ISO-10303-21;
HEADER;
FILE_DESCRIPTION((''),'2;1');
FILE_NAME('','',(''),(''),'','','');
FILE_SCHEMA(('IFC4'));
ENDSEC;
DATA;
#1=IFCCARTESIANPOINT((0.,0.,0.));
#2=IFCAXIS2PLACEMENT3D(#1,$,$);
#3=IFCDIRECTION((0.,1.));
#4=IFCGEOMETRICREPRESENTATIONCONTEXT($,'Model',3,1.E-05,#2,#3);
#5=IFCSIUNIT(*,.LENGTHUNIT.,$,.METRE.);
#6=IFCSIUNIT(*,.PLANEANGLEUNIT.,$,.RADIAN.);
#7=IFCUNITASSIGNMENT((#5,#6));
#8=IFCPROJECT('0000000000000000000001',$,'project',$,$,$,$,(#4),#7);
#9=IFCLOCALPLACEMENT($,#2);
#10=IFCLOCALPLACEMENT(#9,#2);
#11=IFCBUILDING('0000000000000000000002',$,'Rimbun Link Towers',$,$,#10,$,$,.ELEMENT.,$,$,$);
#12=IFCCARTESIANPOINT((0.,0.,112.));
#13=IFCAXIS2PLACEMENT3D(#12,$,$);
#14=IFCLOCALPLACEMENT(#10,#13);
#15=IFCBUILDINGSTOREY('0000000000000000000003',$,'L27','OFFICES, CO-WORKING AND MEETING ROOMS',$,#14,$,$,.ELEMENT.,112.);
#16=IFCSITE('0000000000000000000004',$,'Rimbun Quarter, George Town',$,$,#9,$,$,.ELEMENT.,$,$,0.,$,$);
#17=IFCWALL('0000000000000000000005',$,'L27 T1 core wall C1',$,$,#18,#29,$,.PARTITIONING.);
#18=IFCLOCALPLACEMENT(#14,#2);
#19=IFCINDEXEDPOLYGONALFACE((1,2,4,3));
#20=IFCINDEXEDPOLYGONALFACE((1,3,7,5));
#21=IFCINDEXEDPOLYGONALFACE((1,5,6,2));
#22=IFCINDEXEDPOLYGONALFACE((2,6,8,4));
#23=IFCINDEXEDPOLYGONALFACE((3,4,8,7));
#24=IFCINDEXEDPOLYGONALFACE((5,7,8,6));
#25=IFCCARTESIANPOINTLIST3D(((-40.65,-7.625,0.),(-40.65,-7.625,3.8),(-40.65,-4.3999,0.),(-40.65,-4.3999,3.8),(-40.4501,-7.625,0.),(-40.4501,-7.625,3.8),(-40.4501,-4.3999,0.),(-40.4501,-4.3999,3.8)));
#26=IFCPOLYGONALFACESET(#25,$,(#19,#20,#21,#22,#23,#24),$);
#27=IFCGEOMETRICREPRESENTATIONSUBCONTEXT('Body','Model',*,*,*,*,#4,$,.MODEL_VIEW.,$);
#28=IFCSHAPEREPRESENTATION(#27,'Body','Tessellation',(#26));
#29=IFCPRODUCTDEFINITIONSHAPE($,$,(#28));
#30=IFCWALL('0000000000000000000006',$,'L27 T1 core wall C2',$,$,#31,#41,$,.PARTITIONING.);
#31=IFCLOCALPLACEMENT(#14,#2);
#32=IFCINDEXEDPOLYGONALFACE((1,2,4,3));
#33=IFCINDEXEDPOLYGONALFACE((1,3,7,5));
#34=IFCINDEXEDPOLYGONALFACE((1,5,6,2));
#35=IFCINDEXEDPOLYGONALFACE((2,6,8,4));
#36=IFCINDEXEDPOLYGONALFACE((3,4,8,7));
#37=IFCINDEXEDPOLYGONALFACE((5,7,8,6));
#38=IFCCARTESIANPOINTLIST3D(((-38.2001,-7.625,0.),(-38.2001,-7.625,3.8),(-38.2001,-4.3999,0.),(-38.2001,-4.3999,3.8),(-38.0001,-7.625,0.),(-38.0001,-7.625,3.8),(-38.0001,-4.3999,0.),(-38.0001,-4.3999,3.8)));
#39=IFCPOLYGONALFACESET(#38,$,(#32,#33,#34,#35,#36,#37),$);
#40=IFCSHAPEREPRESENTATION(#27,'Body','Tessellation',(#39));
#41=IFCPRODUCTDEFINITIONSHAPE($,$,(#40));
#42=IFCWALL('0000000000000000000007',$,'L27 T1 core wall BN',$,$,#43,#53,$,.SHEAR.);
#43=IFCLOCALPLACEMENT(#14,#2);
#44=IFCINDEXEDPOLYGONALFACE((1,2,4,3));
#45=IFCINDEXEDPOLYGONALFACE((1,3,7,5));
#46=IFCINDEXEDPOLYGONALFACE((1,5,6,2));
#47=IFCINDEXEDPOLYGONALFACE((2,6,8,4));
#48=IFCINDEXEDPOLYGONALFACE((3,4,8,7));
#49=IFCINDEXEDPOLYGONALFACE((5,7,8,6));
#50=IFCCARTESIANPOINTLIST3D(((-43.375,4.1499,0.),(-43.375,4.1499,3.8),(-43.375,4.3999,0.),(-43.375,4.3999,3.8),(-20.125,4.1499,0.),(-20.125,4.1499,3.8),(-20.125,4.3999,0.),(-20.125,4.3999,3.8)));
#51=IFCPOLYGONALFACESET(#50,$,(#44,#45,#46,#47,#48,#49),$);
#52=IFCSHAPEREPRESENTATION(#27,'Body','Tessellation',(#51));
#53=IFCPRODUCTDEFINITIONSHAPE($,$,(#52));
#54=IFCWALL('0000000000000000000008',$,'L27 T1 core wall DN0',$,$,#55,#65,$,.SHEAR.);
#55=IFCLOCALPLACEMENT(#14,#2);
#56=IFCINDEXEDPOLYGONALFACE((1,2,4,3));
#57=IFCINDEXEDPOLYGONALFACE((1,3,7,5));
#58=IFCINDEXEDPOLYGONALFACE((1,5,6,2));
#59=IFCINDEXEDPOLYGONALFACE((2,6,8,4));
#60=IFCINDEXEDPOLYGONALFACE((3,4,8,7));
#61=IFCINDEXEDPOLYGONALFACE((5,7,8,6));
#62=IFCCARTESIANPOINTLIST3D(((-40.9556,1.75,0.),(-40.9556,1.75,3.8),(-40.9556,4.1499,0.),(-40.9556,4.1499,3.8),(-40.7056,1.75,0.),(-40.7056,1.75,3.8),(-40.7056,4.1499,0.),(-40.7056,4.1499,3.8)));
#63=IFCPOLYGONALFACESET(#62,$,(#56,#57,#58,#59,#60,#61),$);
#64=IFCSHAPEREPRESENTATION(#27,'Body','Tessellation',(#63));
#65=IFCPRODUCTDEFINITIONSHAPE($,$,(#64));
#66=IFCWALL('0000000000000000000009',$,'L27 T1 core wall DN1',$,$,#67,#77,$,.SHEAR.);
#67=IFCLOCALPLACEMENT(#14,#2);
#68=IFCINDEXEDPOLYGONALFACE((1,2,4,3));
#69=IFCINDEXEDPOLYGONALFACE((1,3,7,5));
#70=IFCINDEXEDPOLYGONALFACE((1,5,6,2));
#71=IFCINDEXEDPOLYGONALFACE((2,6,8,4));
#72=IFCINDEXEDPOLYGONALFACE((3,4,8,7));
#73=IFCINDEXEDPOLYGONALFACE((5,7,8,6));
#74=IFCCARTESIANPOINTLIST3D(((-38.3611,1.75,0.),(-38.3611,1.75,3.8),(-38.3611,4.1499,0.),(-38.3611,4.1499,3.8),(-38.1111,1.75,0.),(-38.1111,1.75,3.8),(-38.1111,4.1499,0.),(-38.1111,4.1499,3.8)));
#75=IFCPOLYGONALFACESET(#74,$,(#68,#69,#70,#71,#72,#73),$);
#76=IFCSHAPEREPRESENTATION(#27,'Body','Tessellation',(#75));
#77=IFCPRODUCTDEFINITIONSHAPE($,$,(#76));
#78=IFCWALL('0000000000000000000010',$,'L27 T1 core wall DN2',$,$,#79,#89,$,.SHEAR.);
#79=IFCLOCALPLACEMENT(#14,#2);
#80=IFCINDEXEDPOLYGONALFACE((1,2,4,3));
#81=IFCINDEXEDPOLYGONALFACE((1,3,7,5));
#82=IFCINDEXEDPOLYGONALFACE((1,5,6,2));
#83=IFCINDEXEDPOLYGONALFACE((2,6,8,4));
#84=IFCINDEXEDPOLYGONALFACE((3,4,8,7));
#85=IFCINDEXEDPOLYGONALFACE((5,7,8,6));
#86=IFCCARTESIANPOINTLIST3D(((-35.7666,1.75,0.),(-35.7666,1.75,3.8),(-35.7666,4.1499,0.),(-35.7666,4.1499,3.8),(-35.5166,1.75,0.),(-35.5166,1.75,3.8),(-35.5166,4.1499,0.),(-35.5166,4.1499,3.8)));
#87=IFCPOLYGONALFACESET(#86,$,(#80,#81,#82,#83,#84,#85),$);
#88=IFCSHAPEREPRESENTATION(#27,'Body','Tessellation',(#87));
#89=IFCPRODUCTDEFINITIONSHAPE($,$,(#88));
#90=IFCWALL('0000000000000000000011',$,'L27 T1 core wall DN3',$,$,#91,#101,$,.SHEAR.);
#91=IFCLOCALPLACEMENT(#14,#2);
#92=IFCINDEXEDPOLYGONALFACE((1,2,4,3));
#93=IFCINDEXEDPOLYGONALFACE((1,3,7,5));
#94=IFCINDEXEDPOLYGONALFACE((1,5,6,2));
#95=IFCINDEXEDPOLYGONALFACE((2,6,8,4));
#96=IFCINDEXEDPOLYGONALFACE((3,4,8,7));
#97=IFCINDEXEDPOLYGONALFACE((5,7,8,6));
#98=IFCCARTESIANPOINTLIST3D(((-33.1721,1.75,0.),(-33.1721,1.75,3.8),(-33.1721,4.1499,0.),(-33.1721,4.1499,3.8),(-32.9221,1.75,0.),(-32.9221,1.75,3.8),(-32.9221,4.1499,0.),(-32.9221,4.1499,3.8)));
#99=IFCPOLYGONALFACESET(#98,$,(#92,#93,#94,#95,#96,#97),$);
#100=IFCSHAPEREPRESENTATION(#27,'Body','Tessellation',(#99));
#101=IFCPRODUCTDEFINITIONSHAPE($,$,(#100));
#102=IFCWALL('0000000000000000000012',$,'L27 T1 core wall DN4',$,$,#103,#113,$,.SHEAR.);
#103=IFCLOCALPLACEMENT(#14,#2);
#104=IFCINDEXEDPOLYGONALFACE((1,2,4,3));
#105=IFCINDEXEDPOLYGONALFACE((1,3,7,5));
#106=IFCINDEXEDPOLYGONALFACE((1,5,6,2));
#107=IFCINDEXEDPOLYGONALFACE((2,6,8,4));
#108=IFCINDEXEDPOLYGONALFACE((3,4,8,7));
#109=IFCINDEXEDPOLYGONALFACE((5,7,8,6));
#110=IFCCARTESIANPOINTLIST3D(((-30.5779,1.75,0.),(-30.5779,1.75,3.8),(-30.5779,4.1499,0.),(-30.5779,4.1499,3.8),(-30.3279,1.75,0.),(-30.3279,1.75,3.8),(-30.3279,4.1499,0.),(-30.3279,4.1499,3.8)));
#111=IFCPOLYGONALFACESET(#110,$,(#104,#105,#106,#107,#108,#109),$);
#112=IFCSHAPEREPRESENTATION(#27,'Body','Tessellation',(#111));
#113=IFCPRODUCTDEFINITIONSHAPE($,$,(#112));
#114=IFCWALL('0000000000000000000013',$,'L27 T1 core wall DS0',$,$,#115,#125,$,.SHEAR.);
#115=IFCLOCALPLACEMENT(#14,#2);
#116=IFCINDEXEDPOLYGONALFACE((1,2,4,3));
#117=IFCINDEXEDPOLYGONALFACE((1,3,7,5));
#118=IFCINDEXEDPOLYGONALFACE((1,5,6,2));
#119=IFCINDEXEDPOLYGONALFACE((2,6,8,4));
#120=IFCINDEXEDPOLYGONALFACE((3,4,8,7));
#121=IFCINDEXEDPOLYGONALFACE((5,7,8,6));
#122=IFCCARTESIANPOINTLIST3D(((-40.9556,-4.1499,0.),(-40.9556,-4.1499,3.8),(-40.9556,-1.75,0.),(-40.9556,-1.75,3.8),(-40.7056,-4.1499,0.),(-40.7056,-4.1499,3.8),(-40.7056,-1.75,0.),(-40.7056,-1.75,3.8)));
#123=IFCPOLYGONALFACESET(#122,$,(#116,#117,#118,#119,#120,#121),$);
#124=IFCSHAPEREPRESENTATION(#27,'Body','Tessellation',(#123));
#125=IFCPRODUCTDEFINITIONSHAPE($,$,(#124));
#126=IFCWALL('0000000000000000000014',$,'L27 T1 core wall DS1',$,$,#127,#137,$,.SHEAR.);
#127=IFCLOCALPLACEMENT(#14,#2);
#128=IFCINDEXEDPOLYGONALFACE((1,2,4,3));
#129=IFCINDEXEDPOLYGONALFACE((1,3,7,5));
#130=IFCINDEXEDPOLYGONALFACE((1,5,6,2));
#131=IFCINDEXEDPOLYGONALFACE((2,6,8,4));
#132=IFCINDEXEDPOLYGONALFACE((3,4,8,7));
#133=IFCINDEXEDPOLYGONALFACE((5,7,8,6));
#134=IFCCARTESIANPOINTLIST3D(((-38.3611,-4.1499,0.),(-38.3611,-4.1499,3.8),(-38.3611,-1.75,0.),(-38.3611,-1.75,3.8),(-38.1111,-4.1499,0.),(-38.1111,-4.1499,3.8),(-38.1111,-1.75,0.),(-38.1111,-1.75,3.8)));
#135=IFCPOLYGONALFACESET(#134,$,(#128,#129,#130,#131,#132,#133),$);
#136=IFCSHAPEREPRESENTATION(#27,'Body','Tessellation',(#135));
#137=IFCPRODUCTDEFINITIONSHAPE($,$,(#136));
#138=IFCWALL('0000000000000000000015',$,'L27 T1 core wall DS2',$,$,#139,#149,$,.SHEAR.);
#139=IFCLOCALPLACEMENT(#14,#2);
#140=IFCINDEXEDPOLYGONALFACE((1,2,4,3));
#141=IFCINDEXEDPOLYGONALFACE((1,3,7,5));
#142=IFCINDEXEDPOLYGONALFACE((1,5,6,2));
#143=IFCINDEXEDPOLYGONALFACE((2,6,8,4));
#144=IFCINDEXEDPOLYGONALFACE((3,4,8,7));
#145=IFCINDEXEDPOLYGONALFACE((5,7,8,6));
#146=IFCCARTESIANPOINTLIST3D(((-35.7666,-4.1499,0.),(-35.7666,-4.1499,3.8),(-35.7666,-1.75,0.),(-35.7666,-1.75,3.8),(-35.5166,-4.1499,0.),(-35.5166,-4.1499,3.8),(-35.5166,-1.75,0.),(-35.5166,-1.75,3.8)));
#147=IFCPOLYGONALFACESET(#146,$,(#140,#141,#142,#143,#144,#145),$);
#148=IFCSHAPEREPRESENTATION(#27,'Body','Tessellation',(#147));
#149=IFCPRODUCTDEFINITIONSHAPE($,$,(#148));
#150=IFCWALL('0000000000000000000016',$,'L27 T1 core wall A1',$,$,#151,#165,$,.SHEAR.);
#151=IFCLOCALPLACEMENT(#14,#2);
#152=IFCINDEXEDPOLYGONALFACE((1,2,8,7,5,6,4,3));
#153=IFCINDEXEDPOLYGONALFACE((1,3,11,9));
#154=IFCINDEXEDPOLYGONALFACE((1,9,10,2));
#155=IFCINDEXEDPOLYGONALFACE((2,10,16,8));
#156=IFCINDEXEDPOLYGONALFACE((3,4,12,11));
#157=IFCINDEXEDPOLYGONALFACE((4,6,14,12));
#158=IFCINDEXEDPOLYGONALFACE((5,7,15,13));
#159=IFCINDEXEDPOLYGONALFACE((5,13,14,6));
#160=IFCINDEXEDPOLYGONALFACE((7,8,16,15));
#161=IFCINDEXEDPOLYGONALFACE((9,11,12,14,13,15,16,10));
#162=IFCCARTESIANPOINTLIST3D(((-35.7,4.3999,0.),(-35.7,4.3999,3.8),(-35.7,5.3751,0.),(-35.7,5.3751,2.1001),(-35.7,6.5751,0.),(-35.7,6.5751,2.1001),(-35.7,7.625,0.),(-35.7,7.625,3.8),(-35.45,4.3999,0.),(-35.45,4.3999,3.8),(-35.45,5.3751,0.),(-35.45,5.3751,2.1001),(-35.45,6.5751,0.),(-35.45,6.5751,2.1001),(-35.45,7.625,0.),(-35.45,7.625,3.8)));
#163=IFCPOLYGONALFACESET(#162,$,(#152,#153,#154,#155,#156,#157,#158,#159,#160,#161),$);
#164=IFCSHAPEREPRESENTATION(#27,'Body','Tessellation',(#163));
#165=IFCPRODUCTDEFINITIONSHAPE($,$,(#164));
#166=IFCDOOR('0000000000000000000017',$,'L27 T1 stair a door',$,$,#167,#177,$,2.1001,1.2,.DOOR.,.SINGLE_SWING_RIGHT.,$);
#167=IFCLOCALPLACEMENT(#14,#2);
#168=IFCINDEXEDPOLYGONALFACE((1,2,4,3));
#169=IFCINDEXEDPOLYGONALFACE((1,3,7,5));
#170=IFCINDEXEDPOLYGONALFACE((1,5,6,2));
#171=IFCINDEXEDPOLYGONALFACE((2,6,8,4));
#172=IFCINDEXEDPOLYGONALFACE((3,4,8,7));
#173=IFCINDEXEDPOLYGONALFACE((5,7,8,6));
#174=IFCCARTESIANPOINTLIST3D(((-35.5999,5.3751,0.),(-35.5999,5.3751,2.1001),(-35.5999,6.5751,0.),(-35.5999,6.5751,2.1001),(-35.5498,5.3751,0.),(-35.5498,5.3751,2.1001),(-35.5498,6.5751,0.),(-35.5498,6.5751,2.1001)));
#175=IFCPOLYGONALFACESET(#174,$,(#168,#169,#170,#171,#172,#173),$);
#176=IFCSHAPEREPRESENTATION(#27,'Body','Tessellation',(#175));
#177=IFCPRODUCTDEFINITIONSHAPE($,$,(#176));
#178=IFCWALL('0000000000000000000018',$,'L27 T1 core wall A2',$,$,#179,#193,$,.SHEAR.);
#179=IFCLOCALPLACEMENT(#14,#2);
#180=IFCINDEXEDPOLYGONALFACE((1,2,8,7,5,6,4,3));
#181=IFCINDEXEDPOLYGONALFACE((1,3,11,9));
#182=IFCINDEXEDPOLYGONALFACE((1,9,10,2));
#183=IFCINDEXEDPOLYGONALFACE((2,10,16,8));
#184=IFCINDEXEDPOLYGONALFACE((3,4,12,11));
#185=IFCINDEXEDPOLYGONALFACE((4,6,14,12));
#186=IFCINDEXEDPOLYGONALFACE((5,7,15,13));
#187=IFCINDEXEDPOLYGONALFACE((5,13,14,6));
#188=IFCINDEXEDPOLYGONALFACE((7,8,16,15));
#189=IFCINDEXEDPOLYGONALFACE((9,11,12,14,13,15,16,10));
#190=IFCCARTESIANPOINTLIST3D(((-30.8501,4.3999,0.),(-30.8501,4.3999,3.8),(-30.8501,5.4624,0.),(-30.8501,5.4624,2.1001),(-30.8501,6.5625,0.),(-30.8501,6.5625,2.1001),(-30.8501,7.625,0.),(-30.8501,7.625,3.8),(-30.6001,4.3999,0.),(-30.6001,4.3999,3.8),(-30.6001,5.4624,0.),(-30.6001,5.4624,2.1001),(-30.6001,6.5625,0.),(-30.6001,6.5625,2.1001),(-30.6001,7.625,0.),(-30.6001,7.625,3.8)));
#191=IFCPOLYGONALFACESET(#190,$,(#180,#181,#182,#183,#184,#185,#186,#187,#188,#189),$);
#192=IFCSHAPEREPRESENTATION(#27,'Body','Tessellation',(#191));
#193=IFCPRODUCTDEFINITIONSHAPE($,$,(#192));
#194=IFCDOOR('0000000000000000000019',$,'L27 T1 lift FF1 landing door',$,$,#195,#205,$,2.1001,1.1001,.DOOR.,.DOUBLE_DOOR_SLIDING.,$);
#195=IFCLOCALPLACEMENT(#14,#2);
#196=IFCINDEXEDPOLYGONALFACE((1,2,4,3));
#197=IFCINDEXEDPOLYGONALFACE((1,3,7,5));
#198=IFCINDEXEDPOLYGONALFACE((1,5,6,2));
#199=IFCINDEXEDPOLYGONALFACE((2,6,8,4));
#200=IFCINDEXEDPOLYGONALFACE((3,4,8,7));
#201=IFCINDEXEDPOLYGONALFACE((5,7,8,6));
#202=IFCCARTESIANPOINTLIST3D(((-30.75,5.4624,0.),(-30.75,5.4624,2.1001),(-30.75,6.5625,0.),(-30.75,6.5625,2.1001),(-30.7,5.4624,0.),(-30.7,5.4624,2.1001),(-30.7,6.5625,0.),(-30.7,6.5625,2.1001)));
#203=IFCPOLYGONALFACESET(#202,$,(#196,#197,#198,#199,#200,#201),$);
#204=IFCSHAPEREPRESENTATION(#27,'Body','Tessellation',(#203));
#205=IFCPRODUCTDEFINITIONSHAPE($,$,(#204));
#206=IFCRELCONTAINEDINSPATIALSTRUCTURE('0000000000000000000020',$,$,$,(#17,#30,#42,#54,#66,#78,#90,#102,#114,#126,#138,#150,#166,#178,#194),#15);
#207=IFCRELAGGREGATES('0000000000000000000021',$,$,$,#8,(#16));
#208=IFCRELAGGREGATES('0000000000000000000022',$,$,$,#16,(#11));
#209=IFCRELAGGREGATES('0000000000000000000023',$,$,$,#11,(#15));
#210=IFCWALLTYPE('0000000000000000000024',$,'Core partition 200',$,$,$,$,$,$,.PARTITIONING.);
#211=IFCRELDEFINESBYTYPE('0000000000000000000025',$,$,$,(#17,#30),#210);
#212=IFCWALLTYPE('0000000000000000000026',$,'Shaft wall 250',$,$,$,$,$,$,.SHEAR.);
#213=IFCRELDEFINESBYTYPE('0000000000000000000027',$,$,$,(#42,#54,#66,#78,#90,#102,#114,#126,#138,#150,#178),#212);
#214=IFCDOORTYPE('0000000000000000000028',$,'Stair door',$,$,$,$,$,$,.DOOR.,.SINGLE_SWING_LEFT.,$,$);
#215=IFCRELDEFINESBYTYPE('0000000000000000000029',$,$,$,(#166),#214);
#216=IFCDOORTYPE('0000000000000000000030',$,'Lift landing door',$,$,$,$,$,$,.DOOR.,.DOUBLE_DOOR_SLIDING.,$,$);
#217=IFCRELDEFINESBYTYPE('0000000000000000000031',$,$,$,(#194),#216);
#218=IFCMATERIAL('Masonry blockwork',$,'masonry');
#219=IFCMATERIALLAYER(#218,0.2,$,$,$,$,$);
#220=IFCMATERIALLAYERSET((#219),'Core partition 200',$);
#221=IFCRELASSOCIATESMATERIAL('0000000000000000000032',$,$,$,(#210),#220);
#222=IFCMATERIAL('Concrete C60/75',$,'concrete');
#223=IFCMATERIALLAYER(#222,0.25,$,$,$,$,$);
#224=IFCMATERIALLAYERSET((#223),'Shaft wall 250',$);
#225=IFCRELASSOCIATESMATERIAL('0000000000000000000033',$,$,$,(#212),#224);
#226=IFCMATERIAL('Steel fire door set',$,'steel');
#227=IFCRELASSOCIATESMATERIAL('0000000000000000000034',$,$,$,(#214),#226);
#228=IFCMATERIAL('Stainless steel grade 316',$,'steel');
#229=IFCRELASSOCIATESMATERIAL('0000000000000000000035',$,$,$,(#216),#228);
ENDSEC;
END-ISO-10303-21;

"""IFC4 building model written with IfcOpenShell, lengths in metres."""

from ifc_helpers import new_model, si_unit, direction, frame, frame_2d, origin, place, context, subcontext, project, spatial, rectangle, extrude, material, layer, layer_set, type_object, element, fill, save


model = new_model("IFC4")

# Units and contexts
model_context = context("Model", 3, precision=1e-05, world=origin(), true_north=direction((0.0, 1.0)))
body_context = subcontext(model_context, "Body", "Model", "MODEL_VIEW")
ifc_project = project(units=[si_unit("LENGTHUNIT", "METRE"), si_unit("PLANEANGLEUNIT", "RADIAN")], contexts=[model_context])

# Site, building, storey
site_placement = place(None, origin())
site = spatial("IfcSite", under=ifc_project, at=site_placement, Name="Rimbun Quarter, George Town", CompositionType="ELEMENT", RefElevation=0.0)
building_placement = place(site_placement, origin())
building = spatial("IfcBuilding", under=site, at=building_placement, Name="Rimbun Link Towers", CompositionType="ELEMENT")
storey_placement = place(building_placement, frame((0.0, 0.0, 112.0)))
storey = spatial("IfcBuildingStorey", under=building, at=storey_placement, Name="L27", Description="OFFICES, CO-WORKING AND MEETING ROOMS", CompositionType="ELEMENT", Elevation=112.0)

# Walls
ifc_material_1 = material(Name="Masonry blockwork", Category="masonry")
ifc_layer_1 = layer(ifc_material_1, 0.2)
ifc_layer_set_1 = layer_set([ifc_layer_1], Name="Core partition 200")
wall_type_1 = type_object("IfcWallType", Name="Core partition 200", PredefinedType="PARTITIONING", material=ifc_layer_set_1)
for number, where, z_axis, x_axis, name in (
    (1, (-40.55, -4.3999, 0.0), (0.0, 0.0, 1.0), (0.0, -1.0, 0.0), "L27 T1 core wall C1"),
    (2, (-38.1001, -4.3999, 0.0), (0.0, 0.0, 1.0), (0.0, -1.0, 0.0), "L27 T1 core wall C2"),
):
    element("IfcWall", number, at=place(storey_placement, frame(where, z_axis=z_axis, x_axis=x_axis)), inside=storey, type_object=wall_type_1, Name=name, PredefinedType="PARTITIONING", context=body_context, shape_type="SweptSolid", body=[
        extrude(rectangle(XDim=3.2251, YDim=0.2, at=frame_2d((1.6125, 0.0))), origin(), (0.0, 0.0, 1.0), 3.8),
    ])
ifc_material_2 = material(Name="Concrete C60/75", Category="concrete")
ifc_layer_2 = layer(ifc_material_2, 0.25)
ifc_layer_set_2 = layer_set([ifc_layer_2], Name="Shaft wall 250")
wall_type_2 = type_object("IfcWallType", Name="Shaft wall 250", PredefinedType="SHEAR", material=ifc_layer_set_2)
wall_1_placement = place(storey_placement, frame((-43.375, 4.2749, 0.0), z_axis=(0.0, 0.0, 1.0), x_axis=(1.0, 0.0, 0.0)))
element("IfcWall", 3, at=wall_1_placement, inside=storey, type_object=wall_type_2, Name="L27 T1 core wall BN", PredefinedType="SHEAR", context=body_context, shape_type="SweptSolid", body=[
    extrude(rectangle(XDim=23.25, YDim=0.25, at=frame_2d((11.625, 0.0))), origin(), (0.0, 0.0, 1.0), 3.8),
])
for number, where, z_axis, x_axis, name in (
    (4, (-40.8306, 1.75, 0.0), (0.0, 0.0, 1.0), (0.0, 1.0, 0.0), "L27 T1 core wall DN0"),
    (5, (-38.2361, 1.75, 0.0), (0.0, 0.0, 1.0), (0.0, 1.0, 0.0), "L27 T1 core wall DN1"),
    (6, (-35.6416, 1.75, 0.0), (0.0, 0.0, 1.0), (0.0, 1.0, 0.0), "L27 T1 core wall DN2"),
    (7, (-33.0471, 1.75, 0.0), (0.0, 0.0, 1.0), (0.0, 1.0, 0.0), "L27 T1 core wall DN3"),
    (8, (-30.4529, 1.75, 0.0), (0.0, 0.0, 1.0), (0.0, 1.0, 0.0), "L27 T1 core wall DN4"),
    (9, (-40.8306, -4.1499, 0.0), (0.0, 0.0, 1.0), (0.0, 1.0, 0.0), "L27 T1 core wall DS0"),
    (10, (-38.2361, -4.1499, 0.0), (0.0, 0.0, 1.0), (0.0, 1.0, 0.0), "L27 T1 core wall DS1"),
    (11, (-35.6416, -4.1499, 0.0), (0.0, 0.0, 1.0), (0.0, 1.0, 0.0), "L27 T1 core wall DS2"),
):
    element("IfcWall", number, at=place(storey_placement, frame(where, z_axis=z_axis, x_axis=x_axis)), inside=storey, type_object=wall_type_2, Name=name, PredefinedType="SHEAR", context=body_context, shape_type="SweptSolid", body=[
        extrude(rectangle(XDim=2.3999, YDim=0.25, at=frame_2d((1.2, 0.0))), origin(), (0.0, 0.0, 1.0), 3.8),
    ])

# Walls, openings, doors
wall_2_placement = place(storey_placement, frame((-35.575, 4.3999, 0.0), z_axis=(0.0, 0.0, 1.0), x_axis=(0.0, 1.0, 0.0)))
wall_2 = element("IfcWall", 12, at=wall_2_placement, inside=storey, type_object=wall_type_2, Name="L27 T1 core wall A1", PredefinedType="SHEAR", context=body_context, shape_type="SweptSolid", body=[
    extrude(rectangle(XDim=3.2251, YDim=0.25, at=frame_2d((1.6125, 0.0))), origin(), (0.0, 0.0, 1.0), 3.8),
])
opening_1_placement = place(wall_2_placement, frame((0.9751, 0.0, 0.0)))
opening_1 = element("IfcOpeningElement", 13, at=opening_1_placement, cuts=wall_2, PredefinedType="OPENING", context=body_context, shape_type="SweptSolid", body=[
    extrude(rectangle(XDim=1.2, YDim=2.1001, at=frame_2d((0.6001, 1.05))), frame((0.0, 0.135, 0.0), z_axis=(0.0, -1.0, 0.0), x_axis=(1.0, 0.0, 0.0)), (0.0, 0.0, 1.0), 0.27),
])
ifc_material_3 = material(Name="Steel fire door set", Category="steel")
door_type_1 = type_object("IfcDoorType", Name="Stair door", OperationType="SINGLE_SWING_LEFT", PredefinedType="DOOR", material=ifc_material_3)
door_1_placement = place(opening_1_placement, origin())
door_1 = element("IfcDoor", 14, at=door_1_placement, inside=storey, type_object=door_type_1, Name="L27 T1 stair a door", OperationType="SINGLE_SWING_RIGHT", OverallHeight=2.1001, OverallWidth=1.2, PredefinedType="DOOR", context=body_context, shape_type="SweptSolid", body=[
    extrude(rectangle(XDim=1.2, YDim=2.1001, at=frame_2d((0.6001, 1.05))), frame((0.0, 0.0249, 0.0), z_axis=(0.0, -1.0, 0.0), x_axis=(1.0, 0.0, 0.0)), (0.0, 0.0, 1.0), 0.05),
])
fill(opening_1, door_1)
wall_3_placement = place(storey_placement, frame((-30.7251, 4.3999, 0.0), z_axis=(0.0, 0.0, 1.0), x_axis=(0.0, 1.0, 0.0)))
wall_3 = element("IfcWall", 15, at=wall_3_placement, inside=storey, type_object=wall_type_2, Name="L27 T1 core wall A2", PredefinedType="SHEAR", context=body_context, shape_type="SweptSolid", body=[
    extrude(rectangle(XDim=3.2251, YDim=0.25, at=frame_2d((1.6125, 0.0))), origin(), (0.0, 0.0, 1.0), 3.8),
])
opening_2_placement = place(wall_3_placement, frame((1.0625, 0.0, 0.0)))
opening_2 = element("IfcOpeningElement", 16, at=opening_2_placement, cuts=wall_3, PredefinedType="OPENING", context=body_context, shape_type="SweptSolid", body=[
    extrude(rectangle(XDim=1.1001, YDim=2.1001, at=frame_2d((0.55, 1.05))), frame((0.0, 0.135, 0.0), z_axis=(0.0, -1.0, 0.0), x_axis=(1.0, 0.0, 0.0)), (0.0, 0.0, 1.0), 0.27),
])
ifc_material_4 = material(Name="Stainless steel grade 316", Category="steel")
door_type_2 = type_object("IfcDoorType", Name="Lift landing door", OperationType="DOUBLE_DOOR_SLIDING", PredefinedType="DOOR", material=ifc_material_4)
door_2_placement = place(opening_2_placement, origin())
door_2 = element("IfcDoor", 17, at=door_2_placement, inside=storey, type_object=door_type_2, Name="L27 T1 lift FF1 landing door", OperationType="DOUBLE_DOOR_SLIDING", OverallHeight=2.1001, OverallWidth=1.1001, PredefinedType="DOOR", context=body_context, shape_type="SweptSolid", body=[
    extrude(rectangle(XDim=1.1001, YDim=2.1001, at=frame_2d((0.55, 1.05))), frame((0.0, 0.0249, 0.0), z_axis=(0.0, -1.0, 0.0), x_axis=(1.0, 0.0, 0.0)), (0.0, 0.0, 1.0), 0.05),
])
fill(opening_2, door_2)

save(model, "model.ifc")
